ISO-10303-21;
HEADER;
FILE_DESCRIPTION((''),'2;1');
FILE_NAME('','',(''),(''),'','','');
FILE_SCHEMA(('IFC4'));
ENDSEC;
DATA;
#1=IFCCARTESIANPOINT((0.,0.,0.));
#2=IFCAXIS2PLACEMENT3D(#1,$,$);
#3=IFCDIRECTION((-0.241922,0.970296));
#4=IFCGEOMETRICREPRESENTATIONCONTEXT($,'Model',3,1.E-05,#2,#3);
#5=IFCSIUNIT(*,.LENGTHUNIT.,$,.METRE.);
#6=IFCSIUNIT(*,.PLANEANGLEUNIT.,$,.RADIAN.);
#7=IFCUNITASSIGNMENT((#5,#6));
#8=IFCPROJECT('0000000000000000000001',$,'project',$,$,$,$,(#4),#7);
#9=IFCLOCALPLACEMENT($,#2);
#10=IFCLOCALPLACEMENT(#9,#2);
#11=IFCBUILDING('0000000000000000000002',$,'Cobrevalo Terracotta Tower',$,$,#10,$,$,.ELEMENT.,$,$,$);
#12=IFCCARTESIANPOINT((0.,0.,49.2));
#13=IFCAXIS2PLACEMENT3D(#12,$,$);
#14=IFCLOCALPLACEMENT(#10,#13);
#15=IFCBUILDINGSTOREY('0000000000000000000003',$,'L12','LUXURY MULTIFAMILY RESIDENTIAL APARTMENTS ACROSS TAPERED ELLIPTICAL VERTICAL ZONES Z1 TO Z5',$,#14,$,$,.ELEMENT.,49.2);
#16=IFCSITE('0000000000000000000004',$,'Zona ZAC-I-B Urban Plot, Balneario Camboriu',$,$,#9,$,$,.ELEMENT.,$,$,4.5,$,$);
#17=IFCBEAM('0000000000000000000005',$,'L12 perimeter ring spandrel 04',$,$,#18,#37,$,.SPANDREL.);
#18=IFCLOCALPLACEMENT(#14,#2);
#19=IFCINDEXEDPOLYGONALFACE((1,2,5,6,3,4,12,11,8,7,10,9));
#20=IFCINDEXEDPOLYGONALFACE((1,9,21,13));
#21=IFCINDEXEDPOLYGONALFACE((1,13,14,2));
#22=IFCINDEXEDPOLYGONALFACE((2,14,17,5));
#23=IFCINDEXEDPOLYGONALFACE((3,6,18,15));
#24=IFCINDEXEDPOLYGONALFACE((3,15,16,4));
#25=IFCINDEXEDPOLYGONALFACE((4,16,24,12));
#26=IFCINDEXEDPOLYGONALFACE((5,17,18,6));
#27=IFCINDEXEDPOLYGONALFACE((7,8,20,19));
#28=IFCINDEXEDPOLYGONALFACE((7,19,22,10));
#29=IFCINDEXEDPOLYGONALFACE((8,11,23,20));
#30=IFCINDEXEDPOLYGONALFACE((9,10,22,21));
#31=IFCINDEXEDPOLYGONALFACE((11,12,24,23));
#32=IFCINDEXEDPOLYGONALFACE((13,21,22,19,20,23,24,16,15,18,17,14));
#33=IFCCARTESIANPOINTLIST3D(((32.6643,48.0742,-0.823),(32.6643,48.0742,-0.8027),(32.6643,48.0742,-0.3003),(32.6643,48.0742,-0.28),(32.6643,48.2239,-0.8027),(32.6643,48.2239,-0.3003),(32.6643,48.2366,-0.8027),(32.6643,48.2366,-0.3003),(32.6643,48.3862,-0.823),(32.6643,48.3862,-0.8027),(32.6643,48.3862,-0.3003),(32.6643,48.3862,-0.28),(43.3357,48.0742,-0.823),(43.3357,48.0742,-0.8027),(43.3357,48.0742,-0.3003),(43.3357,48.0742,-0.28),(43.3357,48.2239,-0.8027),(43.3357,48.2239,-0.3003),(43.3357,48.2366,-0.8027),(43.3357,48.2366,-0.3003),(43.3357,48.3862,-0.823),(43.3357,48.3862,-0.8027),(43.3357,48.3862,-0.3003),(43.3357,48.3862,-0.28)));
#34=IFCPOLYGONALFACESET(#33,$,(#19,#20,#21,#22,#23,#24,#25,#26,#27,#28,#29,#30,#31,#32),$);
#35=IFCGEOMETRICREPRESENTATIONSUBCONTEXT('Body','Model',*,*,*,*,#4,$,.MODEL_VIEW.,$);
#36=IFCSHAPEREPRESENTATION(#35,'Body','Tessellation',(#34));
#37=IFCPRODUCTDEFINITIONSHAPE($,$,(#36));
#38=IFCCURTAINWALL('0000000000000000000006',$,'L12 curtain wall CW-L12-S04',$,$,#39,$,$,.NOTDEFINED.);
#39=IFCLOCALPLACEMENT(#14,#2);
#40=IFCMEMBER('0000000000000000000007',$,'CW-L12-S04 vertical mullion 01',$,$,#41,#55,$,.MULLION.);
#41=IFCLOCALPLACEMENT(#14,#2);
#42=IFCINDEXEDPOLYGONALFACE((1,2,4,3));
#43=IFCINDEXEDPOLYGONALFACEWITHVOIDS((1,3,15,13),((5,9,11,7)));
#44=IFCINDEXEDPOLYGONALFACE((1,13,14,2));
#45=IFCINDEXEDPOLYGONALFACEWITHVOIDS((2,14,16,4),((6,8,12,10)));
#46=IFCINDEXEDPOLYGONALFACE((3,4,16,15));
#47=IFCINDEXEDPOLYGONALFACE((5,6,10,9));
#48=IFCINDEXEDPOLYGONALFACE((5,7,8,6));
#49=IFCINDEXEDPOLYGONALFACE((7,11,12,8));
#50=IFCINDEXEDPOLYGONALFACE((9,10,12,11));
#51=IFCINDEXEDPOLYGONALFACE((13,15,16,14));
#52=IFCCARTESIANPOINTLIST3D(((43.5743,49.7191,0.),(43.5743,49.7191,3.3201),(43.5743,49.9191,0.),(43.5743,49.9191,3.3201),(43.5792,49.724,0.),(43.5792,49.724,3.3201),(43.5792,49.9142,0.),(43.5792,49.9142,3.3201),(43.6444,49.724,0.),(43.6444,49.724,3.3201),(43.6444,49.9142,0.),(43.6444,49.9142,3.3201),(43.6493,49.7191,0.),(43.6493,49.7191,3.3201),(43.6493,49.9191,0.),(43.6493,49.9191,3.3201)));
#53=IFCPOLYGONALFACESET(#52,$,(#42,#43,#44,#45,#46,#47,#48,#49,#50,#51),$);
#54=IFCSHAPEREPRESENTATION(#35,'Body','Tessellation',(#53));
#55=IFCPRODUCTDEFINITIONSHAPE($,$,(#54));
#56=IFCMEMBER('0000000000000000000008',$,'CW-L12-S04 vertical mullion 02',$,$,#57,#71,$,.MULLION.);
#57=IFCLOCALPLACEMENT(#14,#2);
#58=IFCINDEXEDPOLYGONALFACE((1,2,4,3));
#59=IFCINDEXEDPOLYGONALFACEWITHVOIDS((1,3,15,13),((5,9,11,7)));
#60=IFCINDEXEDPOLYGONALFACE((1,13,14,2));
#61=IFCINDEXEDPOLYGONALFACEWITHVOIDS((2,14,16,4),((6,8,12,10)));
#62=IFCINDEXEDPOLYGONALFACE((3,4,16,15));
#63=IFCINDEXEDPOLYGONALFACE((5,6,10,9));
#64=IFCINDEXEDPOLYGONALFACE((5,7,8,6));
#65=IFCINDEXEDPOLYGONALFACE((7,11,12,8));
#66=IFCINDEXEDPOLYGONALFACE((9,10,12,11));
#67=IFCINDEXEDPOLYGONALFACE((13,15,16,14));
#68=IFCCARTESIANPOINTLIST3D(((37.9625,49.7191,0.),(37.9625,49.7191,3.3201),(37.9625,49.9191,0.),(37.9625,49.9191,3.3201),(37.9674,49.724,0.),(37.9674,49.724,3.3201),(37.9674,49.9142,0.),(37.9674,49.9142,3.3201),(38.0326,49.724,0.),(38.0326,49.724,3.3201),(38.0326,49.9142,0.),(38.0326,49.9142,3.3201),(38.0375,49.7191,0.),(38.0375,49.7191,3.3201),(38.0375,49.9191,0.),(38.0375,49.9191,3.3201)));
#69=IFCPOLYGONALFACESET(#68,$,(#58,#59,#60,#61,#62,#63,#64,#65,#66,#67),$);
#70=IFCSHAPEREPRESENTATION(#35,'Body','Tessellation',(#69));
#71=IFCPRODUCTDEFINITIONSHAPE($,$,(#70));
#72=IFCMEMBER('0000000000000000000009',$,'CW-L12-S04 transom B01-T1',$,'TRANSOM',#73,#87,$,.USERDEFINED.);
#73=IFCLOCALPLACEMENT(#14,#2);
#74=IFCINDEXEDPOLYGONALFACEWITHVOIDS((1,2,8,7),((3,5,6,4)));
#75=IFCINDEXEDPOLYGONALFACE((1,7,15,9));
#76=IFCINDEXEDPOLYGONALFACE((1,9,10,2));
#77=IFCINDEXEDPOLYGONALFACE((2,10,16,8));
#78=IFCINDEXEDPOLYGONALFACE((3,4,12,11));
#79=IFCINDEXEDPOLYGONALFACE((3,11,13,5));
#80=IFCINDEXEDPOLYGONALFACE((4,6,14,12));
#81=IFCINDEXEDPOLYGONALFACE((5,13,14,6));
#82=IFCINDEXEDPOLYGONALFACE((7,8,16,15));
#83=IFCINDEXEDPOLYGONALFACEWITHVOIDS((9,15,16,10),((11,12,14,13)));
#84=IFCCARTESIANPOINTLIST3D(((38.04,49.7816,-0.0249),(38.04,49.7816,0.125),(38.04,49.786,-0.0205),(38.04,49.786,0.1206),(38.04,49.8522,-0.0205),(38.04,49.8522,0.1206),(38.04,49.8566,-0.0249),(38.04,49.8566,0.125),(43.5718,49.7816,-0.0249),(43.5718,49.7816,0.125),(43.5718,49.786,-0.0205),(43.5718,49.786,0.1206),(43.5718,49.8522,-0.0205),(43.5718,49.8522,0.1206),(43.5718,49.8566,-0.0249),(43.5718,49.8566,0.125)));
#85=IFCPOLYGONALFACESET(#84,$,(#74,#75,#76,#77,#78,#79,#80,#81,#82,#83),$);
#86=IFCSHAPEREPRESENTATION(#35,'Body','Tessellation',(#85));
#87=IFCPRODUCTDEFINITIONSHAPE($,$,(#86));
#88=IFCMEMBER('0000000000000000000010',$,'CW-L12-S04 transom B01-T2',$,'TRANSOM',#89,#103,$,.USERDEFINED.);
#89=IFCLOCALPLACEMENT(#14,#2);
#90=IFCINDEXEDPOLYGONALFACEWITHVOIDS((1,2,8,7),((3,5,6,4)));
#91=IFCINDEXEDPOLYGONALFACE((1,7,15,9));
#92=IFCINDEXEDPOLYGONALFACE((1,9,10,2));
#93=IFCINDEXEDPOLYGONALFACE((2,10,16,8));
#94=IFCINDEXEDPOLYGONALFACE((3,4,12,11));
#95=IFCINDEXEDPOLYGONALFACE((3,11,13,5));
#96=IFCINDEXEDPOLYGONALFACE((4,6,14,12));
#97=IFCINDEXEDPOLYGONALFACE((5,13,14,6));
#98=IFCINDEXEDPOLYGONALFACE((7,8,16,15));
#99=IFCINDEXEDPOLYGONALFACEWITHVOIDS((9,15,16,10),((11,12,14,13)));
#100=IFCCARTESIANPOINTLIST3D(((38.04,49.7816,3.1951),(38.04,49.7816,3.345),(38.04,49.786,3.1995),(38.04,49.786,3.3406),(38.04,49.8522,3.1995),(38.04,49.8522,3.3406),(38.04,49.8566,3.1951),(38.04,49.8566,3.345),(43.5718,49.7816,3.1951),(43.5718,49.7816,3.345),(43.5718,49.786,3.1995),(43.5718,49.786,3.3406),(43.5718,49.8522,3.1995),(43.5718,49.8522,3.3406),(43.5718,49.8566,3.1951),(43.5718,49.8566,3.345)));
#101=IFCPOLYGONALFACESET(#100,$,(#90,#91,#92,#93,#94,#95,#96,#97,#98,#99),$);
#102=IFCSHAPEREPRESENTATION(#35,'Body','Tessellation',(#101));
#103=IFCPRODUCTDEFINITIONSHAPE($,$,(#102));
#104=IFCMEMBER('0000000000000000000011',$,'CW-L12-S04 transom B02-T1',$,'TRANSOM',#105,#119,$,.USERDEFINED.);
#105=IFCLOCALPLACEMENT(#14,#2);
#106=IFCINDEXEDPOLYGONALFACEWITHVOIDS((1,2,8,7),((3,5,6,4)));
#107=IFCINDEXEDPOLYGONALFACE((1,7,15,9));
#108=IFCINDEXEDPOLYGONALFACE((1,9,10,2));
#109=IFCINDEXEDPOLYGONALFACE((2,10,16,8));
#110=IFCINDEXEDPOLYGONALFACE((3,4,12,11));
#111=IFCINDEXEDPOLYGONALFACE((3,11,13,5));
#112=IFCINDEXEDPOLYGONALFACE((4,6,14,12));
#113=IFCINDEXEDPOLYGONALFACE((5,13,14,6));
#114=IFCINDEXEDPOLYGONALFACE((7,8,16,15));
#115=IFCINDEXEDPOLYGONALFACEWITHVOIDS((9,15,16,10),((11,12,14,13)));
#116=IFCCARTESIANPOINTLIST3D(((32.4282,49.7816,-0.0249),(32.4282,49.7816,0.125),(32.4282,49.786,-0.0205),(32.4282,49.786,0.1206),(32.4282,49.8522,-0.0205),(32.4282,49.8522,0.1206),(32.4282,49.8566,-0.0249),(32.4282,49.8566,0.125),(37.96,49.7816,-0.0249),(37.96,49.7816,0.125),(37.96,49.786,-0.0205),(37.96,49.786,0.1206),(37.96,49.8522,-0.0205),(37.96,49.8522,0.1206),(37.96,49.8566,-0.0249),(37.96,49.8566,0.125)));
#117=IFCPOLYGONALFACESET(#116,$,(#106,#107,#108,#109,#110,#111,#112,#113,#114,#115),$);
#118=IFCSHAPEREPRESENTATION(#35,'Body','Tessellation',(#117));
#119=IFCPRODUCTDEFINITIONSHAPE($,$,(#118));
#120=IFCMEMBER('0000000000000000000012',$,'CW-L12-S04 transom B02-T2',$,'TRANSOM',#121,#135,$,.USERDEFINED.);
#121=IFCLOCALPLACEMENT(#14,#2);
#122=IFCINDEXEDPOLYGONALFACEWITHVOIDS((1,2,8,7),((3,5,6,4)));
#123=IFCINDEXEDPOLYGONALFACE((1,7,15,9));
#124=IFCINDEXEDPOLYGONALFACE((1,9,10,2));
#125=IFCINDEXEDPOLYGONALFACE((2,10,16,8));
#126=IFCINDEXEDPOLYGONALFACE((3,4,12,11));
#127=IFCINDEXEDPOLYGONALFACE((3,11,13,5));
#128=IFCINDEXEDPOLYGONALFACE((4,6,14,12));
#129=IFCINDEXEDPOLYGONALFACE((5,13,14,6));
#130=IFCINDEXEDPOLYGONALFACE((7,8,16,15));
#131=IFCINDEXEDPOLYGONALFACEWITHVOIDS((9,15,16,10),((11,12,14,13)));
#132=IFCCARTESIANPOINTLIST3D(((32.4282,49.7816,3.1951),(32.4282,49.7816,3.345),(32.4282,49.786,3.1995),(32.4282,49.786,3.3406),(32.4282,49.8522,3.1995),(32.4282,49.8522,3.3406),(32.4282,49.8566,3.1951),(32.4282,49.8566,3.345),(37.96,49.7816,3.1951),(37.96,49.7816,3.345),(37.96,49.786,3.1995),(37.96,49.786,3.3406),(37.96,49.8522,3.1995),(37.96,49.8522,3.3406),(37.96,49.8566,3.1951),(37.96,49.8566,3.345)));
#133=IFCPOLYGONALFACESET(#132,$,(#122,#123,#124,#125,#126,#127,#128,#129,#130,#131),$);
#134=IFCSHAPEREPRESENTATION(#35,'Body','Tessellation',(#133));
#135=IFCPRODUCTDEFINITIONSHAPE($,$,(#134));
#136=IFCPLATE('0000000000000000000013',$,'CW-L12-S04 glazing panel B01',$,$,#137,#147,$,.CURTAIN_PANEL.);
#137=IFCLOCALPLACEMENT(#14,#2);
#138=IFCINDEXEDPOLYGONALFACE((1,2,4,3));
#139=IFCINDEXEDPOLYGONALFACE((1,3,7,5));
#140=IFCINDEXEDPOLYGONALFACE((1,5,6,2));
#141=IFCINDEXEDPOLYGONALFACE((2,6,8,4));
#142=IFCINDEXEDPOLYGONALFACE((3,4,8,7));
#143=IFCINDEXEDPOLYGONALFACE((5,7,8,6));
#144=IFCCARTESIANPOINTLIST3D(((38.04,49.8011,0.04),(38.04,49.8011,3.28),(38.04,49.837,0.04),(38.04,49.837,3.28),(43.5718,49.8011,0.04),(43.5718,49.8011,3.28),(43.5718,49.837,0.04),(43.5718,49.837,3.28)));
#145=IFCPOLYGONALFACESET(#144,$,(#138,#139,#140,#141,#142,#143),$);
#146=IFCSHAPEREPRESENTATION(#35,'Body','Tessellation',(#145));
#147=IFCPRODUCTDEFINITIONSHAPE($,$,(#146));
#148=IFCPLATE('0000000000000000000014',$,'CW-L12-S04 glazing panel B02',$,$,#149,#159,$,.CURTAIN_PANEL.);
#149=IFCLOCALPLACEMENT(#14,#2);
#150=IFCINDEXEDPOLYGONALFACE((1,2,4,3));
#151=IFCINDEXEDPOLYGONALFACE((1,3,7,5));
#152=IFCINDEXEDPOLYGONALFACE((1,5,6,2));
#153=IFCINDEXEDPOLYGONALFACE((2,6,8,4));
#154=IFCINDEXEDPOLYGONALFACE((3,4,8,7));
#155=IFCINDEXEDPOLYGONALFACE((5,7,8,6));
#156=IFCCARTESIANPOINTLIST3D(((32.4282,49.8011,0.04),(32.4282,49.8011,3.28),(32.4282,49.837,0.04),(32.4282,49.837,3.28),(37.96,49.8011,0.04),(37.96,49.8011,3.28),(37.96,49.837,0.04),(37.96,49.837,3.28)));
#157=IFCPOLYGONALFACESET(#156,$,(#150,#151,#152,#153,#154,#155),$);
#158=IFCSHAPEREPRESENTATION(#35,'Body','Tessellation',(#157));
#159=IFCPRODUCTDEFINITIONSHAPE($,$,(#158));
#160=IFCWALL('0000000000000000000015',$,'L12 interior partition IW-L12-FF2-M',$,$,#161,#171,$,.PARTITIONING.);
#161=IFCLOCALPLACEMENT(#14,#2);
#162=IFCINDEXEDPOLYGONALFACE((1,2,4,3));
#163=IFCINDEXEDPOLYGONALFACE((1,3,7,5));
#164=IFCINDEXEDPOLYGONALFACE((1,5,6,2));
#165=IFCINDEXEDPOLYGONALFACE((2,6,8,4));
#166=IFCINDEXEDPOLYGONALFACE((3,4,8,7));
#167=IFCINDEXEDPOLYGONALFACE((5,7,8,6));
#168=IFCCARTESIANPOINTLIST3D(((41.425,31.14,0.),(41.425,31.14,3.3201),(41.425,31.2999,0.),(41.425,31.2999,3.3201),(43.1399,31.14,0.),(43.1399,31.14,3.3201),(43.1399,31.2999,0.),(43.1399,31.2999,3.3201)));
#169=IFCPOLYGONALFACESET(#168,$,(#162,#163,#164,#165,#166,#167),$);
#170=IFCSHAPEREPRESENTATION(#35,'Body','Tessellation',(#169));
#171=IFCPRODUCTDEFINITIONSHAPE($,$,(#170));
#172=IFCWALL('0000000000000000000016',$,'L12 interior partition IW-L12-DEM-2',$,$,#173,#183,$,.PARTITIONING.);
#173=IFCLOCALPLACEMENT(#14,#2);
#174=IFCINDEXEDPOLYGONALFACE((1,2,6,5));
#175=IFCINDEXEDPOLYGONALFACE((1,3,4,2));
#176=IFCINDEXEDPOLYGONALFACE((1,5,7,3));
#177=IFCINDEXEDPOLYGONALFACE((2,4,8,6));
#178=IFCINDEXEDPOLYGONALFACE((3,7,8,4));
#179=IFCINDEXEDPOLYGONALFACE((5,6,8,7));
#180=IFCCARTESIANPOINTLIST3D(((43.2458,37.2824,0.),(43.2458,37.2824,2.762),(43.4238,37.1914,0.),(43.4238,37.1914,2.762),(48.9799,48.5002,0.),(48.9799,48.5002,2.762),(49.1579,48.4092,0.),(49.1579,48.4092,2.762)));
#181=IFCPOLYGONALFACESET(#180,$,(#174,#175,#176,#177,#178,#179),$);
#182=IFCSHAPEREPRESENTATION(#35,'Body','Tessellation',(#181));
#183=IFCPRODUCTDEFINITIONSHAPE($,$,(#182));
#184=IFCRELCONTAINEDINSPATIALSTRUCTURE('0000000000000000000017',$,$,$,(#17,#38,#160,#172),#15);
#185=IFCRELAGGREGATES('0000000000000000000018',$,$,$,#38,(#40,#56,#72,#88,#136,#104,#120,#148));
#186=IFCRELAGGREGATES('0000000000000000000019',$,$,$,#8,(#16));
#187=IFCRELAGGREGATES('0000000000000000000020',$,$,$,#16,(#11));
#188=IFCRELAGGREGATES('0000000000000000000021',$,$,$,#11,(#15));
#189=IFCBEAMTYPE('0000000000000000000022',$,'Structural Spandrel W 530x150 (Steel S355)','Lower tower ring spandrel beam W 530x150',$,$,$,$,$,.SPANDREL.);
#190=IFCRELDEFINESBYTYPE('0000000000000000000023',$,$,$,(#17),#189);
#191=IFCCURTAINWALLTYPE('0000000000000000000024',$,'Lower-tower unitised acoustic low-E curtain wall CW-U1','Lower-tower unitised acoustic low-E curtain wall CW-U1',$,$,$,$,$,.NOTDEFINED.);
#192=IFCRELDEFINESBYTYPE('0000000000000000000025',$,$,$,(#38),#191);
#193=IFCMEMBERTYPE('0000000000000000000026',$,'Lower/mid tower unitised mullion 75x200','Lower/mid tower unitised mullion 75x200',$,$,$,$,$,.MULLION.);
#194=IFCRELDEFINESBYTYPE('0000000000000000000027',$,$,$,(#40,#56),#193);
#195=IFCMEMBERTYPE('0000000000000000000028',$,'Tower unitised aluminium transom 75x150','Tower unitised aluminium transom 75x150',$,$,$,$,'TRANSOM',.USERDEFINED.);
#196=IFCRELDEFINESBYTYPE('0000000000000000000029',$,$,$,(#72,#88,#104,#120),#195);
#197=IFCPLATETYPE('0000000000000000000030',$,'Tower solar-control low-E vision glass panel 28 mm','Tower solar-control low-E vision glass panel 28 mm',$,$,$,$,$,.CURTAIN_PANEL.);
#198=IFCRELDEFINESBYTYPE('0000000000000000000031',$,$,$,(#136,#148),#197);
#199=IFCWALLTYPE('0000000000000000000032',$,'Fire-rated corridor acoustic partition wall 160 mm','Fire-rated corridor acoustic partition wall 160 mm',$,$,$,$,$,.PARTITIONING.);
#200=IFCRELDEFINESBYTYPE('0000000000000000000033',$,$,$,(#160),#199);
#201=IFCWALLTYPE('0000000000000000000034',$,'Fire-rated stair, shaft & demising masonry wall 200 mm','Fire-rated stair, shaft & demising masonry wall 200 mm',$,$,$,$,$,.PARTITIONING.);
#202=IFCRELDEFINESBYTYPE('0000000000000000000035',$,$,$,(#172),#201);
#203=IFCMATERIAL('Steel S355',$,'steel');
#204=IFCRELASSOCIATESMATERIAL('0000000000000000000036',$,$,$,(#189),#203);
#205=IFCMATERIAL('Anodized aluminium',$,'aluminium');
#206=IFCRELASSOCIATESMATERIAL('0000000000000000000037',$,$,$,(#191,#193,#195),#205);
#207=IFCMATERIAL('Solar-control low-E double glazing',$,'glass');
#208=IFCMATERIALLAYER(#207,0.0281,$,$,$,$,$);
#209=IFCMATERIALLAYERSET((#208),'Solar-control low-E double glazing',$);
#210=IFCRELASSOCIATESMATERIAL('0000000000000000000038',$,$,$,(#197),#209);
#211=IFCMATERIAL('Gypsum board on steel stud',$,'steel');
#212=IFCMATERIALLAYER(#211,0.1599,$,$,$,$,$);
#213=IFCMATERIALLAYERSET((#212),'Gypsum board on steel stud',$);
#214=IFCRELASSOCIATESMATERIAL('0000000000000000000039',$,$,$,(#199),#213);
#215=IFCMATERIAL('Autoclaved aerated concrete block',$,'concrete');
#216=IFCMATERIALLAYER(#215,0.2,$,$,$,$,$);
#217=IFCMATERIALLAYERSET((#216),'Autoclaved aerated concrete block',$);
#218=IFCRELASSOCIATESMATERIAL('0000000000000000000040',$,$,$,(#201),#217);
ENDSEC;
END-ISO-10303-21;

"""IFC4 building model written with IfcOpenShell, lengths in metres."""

from ifc_helpers import new_model, si_unit, direction, frame, frame_2d, origin, origin_2d, place, context, subcontext, project, spatial, rectangle, hollow_rectangle, i_section, extrude, source, transform, mapped, material, layer, layer_set, material_profile, profile_set, type_object, element, aggregate, save


model = new_model("IFC4")

# Units and contexts
model_context = context("Model", 3, precision=1e-05, world=origin(), true_north=direction((-0.241922, 0.970296)))
body_context = subcontext(model_context, "Body", "Model", "MODEL_VIEW")
ifc_project = project(units=[si_unit("LENGTHUNIT", "METRE"), si_unit("PLANEANGLEUNIT", "RADIAN")], contexts=[model_context])

# Site, building, storey
site_placement = place(None, origin())
site = spatial("IfcSite", under=ifc_project, at=site_placement, Name="Zona ZAC-I-B Urban Plot, Balneario Camboriu", CompositionType="ELEMENT", RefElevation=4.5)
building_placement = place(site_placement, origin())
building = spatial("IfcBuilding", under=site, at=building_placement, Name="Cobrevalo Terracotta Tower", CompositionType="ELEMENT")
storey_placement = place(building_placement, frame((0.0, 0.0, 49.2)))
storey = spatial("IfcBuildingStorey", under=building, at=storey_placement, Name="L12", Description="LUXURY MULTIFAMILY RESIDENTIAL APARTMENTS ACROSS TAPERED ELLIPTICAL VERTICAL ZONES Z1 TO Z5", CompositionType="ELEMENT", Elevation=49.2)

# Shared definitions
ifc_material_1 = material(Name="Steel S355", Category="steel")

# Beam
ifc_material_profile_1 = material_profile(ifc_material_1, i_section(OverallWidth=0.312, OverallDepth=0.543, WebThickness=0.0127, FlangeThickness=0.0203, at=origin_2d()), Name="W 530x150")
ifc_profile_set_1 = profile_set([ifc_material_profile_1], Name="Steel S355")
beam_type_1 = type_object("IfcBeamType", Name="Structural Spandrel W 530x150 (Steel S355)", Description="Lower tower ring spandrel beam W 530x150", PredefinedType="SPANDREL", material=ifc_profile_set_1)
beam_1_placement = place(storey_placement, frame((43.3357, 48.2302, -0.5515), z_axis=(-1.0, 0.0, 0.0), x_axis=(0.0, -1.0, 0.0)))
element("IfcBeam", 1, at=beam_1_placement, inside=storey, type_object=beam_type_1, Name="L12 perimeter ring spandrel 04", PredefinedType="SPANDREL", context=body_context, shape_type="SweptSolid", body=[
    extrude(i_section(OverallWidth=0.312, OverallDepth=0.543, WebThickness=0.0127, FlangeThickness=0.0203, at=origin_2d()), origin(), (0.0, 0.0, 1.0), 10.6714),
])

# Curtain wall, members, plates
ifc_material_2 = material(Name="Anodized aluminium", Category="aluminium")
curtain_wall_type = type_object("IfcCurtainWallType", Name="Lower-tower unitised acoustic low-E curtain wall CW-U1", Description="Lower-tower unitised acoustic low-E curtain wall CW-U1", PredefinedType="NOTDEFINED", material=ifc_material_2)
curtain_wall_placement = place(storey_placement, origin())
curtain_wall = element("IfcCurtainWall", 2, at=curtain_wall_placement, inside=storey, type_object=curtain_wall_type, Name="L12 curtain wall CW-L12-S04", PredefinedType="NOTDEFINED")
ifc_material_profile_2 = material_profile(ifc_material_2, hollow_rectangle(XDim=0.075, YDim=0.2, WallThickness=0.0049, at=origin_2d()), Name="CWM 75x200")
ifc_profile_set_2 = profile_set([ifc_material_profile_2], Name="Anodized aluminium")
member_type_1 = type_object("IfcMemberType", Name="Lower/mid tower unitised mullion 75x200", Description="Lower/mid tower unitised mullion 75x200", PredefinedType="MULLION", material=ifc_profile_set_2)
shared_shape_1 = source(origin(), body_context, "Body", "SweptSolid", [
    extrude(hollow_rectangle(XDim=0.075, YDim=0.2, WallThickness=0.0049, at=origin_2d()), origin(), (0.0, 0.0, 1.0), 3.3201),
])
member_1_placement = place(storey_placement, frame((43.6118, 49.8191, 0.0), z_axis=(0.0, 0.0, 1.0), x_axis=(-1.0, 0.0, 0.0)))
member_1 = element("IfcMember", 3, at=member_1_placement, type_object=member_type_1, Name="CW-L12-S04 vertical mullion 01", PredefinedType="MULLION", context=body_context, shape_type="MappedRepresentation", body=[
    mapped(shared_shape_1, transform((0.0, 0.0, 0.0), scale=1.0)),
])
member_2_placement = place(storey_placement, frame((38.0, 49.8191, 0.0), z_axis=(0.0, 0.0, 1.0), x_axis=(-1.0, 0.0, 0.0)))
member_2 = element("IfcMember", 4, at=member_2_placement, type_object=member_type_1, Name="CW-L12-S04 vertical mullion 02", PredefinedType="MULLION", context=body_context, shape_type="MappedRepresentation", body=[
    mapped(shared_shape_1, transform((0.0, 0.0, 0.0), scale=1.0)),
])
ifc_material_profile_3 = material_profile(ifc_material_2, hollow_rectangle(XDim=0.075, YDim=0.1499, WallThickness=0.0044, at=origin_2d()), Name="CWT 75x150")
ifc_profile_set_3 = profile_set([ifc_material_profile_3], Name="Anodized aluminium")
member_type_2 = type_object("IfcMemberType", Name="Tower unitised aluminium transom 75x150", Description="Tower unitised aluminium transom 75x150", ElementType="TRANSOM", PredefinedType="USERDEFINED", material=ifc_profile_set_3)
shared_shape_2 = source(origin(), body_context, "Body", "SweptSolid", [
    extrude(hollow_rectangle(XDim=0.075, YDim=0.1499, WallThickness=0.0044, at=origin_2d()), origin(), (0.0, 0.0, 1.0), 5.5317),
])
member_3_placement = place(storey_placement, frame((43.5718, 49.8191, 0.05), z_axis=(-1.0, 0.0, 0.0), x_axis=(0.0, -1.0, 0.0)))
member_3 = element("IfcMember", 5, at=member_3_placement, type_object=member_type_2, Name="CW-L12-S04 transom B01-T1", ObjectType="TRANSOM", PredefinedType="USERDEFINED", context=body_context, shape_type="MappedRepresentation", body=[
    mapped(shared_shape_2, transform((0.0, 0.0, 0.0), scale=1.0)),
])
member_4_placement = place(storey_placement, frame((43.5718, 49.8191, 3.27), z_axis=(-1.0, 0.0, 0.0), x_axis=(0.0, -1.0, 0.0)))
member_4 = element("IfcMember", 6, at=member_4_placement, type_object=member_type_2, Name="CW-L12-S04 transom B01-T2", ObjectType="TRANSOM", PredefinedType="USERDEFINED", context=body_context, shape_type="MappedRepresentation", body=[
    mapped(shared_shape_2, transform((0.0, 0.0, 0.0), scale=1.0)),
])
member_5_placement = place(storey_placement, frame((37.96, 49.8191, 0.05), z_axis=(-1.0, 0.0, 0.0), x_axis=(0.0, -1.0, 0.0)))
member_5 = element("IfcMember", 7, at=member_5_placement, type_object=member_type_2, Name="CW-L12-S04 transom B02-T1", ObjectType="TRANSOM", PredefinedType="USERDEFINED", context=body_context, shape_type="MappedRepresentation", body=[
    mapped(shared_shape_2, transform((0.0, 0.0, 0.0), scale=1.0)),
])
member_6_placement = place(storey_placement, frame((37.96, 49.8191, 3.27), z_axis=(-1.0, 0.0, 0.0), x_axis=(0.0, -1.0, 0.0)))
member_6 = element("IfcMember", 8, at=member_6_placement, type_object=member_type_2, Name="CW-L12-S04 transom B02-T2", ObjectType="TRANSOM", PredefinedType="USERDEFINED", context=body_context, shape_type="MappedRepresentation", body=[
    mapped(shared_shape_2, transform((0.0, 0.0, 0.0), scale=1.0)),
])
ifc_material_3 = material(Name="Solar-control low-E double glazing", Category="glass")
ifc_layer_1 = layer(ifc_material_3, 0.0281)
ifc_layer_set_1 = layer_set([ifc_layer_1], Name="Solar-control low-E double glazing")
plate_type = type_object("IfcPlateType", Name="Tower solar-control low-E vision glass panel 28 mm", Description="Tower solar-control low-E vision glass panel 28 mm", PredefinedType="CURTAIN_PANEL", material=ifc_layer_set_1)
shared_shape_3 = source(origin(), body_context, "Body", "SweptSolid", [
    extrude(rectangle(XDim=5.5317, YDim=0.0359, at=origin_2d()), origin(), (0.0, 0.0, 1.0), 3.24),
])
plate_1_placement = place(storey_placement, frame((40.8059, 49.8191, 0.04), z_axis=(0.0, 0.0, 1.0), x_axis=(-1.0, 0.0, 0.0)))
plate_1 = element("IfcPlate", 9, at=plate_1_placement, type_object=plate_type, Name="CW-L12-S04 glazing panel B01", PredefinedType="CURTAIN_PANEL", context=body_context, shape_type="MappedRepresentation", body=[
    mapped(shared_shape_3, transform((0.0, 0.0, 0.0), scale=1.0)),
])
plate_2_placement = place(storey_placement, frame((35.1941, 49.8191, 0.04), z_axis=(0.0, 0.0, 1.0), x_axis=(-1.0, 0.0, 0.0)))
plate_2 = element("IfcPlate", 10, at=plate_2_placement, type_object=plate_type, Name="CW-L12-S04 glazing panel B02", PredefinedType="CURTAIN_PANEL", context=body_context, shape_type="MappedRepresentation", body=[
    mapped(shared_shape_3, transform((0.0, 0.0, 0.0), scale=1.0)),
])
aggregate(curtain_wall, [member_1, member_2, member_3, member_4, plate_1, member_5, member_6, plate_2])

# Walls
ifc_material_4 = material(Name="Gypsum board on steel stud", Category="steel")
ifc_layer_2 = layer(ifc_material_4, 0.1599)
ifc_layer_set_2 = layer_set([ifc_layer_2], Name="Gypsum board on steel stud")
wall_type_1 = type_object("IfcWallType", Name="Fire-rated corridor acoustic partition wall 160 mm", Description="Fire-rated corridor acoustic partition wall 160 mm", PredefinedType="PARTITIONING", material=ifc_layer_set_2)
wall_1_placement = place(storey_placement, frame((41.425, 31.22, 0.0), z_axis=(0.0, 0.0, 1.0), x_axis=(1.0, 0.0, 0.0)))
element("IfcWall", 11, at=wall_1_placement, inside=storey, type_object=wall_type_1, Name="L12 interior partition IW-L12-FF2-M", PredefinedType="PARTITIONING", context=body_context, shape_type="SweptSolid", body=[
    extrude(rectangle(XDim=1.7148, YDim=0.1599, at=frame_2d((0.8574, 0.0))), origin(), (0.0, 0.0, 1.0), 3.3201),
])
ifc_material_5 = material(Name="Autoclaved aerated concrete block", Category="concrete")
ifc_layer_3 = layer(ifc_material_5, 0.2)
ifc_layer_set_3 = layer_set([ifc_layer_3], Name="Autoclaved aerated concrete block")
wall_type_2 = type_object("IfcWallType", Name="Fire-rated stair, shaft & demising masonry wall 200 mm", Description="Fire-rated stair, shaft & demising masonry wall 200 mm", PredefinedType="PARTITIONING", material=ifc_layer_set_3)
wall_2_placement = place(storey_placement, frame((43.3347, 37.2368, 0.0), z_axis=(0.0, 0.0, 1.0), x_axis=(0.455149, 0.890415, 0.0)))
element("IfcWall", 12, at=wall_2_placement, inside=storey, type_object=wall_type_2, Name="L12 interior partition IW-L12-DEM-2", PredefinedType="PARTITIONING", context=body_context, shape_type="SweptSolid", body=[
    extrude(rectangle(XDim=12.5984, YDim=0.2, at=frame_2d((6.2993, 0.0))), origin(), (0.0, 0.0, 1.0), 2.762),
])

save(model, "model.ifc")
